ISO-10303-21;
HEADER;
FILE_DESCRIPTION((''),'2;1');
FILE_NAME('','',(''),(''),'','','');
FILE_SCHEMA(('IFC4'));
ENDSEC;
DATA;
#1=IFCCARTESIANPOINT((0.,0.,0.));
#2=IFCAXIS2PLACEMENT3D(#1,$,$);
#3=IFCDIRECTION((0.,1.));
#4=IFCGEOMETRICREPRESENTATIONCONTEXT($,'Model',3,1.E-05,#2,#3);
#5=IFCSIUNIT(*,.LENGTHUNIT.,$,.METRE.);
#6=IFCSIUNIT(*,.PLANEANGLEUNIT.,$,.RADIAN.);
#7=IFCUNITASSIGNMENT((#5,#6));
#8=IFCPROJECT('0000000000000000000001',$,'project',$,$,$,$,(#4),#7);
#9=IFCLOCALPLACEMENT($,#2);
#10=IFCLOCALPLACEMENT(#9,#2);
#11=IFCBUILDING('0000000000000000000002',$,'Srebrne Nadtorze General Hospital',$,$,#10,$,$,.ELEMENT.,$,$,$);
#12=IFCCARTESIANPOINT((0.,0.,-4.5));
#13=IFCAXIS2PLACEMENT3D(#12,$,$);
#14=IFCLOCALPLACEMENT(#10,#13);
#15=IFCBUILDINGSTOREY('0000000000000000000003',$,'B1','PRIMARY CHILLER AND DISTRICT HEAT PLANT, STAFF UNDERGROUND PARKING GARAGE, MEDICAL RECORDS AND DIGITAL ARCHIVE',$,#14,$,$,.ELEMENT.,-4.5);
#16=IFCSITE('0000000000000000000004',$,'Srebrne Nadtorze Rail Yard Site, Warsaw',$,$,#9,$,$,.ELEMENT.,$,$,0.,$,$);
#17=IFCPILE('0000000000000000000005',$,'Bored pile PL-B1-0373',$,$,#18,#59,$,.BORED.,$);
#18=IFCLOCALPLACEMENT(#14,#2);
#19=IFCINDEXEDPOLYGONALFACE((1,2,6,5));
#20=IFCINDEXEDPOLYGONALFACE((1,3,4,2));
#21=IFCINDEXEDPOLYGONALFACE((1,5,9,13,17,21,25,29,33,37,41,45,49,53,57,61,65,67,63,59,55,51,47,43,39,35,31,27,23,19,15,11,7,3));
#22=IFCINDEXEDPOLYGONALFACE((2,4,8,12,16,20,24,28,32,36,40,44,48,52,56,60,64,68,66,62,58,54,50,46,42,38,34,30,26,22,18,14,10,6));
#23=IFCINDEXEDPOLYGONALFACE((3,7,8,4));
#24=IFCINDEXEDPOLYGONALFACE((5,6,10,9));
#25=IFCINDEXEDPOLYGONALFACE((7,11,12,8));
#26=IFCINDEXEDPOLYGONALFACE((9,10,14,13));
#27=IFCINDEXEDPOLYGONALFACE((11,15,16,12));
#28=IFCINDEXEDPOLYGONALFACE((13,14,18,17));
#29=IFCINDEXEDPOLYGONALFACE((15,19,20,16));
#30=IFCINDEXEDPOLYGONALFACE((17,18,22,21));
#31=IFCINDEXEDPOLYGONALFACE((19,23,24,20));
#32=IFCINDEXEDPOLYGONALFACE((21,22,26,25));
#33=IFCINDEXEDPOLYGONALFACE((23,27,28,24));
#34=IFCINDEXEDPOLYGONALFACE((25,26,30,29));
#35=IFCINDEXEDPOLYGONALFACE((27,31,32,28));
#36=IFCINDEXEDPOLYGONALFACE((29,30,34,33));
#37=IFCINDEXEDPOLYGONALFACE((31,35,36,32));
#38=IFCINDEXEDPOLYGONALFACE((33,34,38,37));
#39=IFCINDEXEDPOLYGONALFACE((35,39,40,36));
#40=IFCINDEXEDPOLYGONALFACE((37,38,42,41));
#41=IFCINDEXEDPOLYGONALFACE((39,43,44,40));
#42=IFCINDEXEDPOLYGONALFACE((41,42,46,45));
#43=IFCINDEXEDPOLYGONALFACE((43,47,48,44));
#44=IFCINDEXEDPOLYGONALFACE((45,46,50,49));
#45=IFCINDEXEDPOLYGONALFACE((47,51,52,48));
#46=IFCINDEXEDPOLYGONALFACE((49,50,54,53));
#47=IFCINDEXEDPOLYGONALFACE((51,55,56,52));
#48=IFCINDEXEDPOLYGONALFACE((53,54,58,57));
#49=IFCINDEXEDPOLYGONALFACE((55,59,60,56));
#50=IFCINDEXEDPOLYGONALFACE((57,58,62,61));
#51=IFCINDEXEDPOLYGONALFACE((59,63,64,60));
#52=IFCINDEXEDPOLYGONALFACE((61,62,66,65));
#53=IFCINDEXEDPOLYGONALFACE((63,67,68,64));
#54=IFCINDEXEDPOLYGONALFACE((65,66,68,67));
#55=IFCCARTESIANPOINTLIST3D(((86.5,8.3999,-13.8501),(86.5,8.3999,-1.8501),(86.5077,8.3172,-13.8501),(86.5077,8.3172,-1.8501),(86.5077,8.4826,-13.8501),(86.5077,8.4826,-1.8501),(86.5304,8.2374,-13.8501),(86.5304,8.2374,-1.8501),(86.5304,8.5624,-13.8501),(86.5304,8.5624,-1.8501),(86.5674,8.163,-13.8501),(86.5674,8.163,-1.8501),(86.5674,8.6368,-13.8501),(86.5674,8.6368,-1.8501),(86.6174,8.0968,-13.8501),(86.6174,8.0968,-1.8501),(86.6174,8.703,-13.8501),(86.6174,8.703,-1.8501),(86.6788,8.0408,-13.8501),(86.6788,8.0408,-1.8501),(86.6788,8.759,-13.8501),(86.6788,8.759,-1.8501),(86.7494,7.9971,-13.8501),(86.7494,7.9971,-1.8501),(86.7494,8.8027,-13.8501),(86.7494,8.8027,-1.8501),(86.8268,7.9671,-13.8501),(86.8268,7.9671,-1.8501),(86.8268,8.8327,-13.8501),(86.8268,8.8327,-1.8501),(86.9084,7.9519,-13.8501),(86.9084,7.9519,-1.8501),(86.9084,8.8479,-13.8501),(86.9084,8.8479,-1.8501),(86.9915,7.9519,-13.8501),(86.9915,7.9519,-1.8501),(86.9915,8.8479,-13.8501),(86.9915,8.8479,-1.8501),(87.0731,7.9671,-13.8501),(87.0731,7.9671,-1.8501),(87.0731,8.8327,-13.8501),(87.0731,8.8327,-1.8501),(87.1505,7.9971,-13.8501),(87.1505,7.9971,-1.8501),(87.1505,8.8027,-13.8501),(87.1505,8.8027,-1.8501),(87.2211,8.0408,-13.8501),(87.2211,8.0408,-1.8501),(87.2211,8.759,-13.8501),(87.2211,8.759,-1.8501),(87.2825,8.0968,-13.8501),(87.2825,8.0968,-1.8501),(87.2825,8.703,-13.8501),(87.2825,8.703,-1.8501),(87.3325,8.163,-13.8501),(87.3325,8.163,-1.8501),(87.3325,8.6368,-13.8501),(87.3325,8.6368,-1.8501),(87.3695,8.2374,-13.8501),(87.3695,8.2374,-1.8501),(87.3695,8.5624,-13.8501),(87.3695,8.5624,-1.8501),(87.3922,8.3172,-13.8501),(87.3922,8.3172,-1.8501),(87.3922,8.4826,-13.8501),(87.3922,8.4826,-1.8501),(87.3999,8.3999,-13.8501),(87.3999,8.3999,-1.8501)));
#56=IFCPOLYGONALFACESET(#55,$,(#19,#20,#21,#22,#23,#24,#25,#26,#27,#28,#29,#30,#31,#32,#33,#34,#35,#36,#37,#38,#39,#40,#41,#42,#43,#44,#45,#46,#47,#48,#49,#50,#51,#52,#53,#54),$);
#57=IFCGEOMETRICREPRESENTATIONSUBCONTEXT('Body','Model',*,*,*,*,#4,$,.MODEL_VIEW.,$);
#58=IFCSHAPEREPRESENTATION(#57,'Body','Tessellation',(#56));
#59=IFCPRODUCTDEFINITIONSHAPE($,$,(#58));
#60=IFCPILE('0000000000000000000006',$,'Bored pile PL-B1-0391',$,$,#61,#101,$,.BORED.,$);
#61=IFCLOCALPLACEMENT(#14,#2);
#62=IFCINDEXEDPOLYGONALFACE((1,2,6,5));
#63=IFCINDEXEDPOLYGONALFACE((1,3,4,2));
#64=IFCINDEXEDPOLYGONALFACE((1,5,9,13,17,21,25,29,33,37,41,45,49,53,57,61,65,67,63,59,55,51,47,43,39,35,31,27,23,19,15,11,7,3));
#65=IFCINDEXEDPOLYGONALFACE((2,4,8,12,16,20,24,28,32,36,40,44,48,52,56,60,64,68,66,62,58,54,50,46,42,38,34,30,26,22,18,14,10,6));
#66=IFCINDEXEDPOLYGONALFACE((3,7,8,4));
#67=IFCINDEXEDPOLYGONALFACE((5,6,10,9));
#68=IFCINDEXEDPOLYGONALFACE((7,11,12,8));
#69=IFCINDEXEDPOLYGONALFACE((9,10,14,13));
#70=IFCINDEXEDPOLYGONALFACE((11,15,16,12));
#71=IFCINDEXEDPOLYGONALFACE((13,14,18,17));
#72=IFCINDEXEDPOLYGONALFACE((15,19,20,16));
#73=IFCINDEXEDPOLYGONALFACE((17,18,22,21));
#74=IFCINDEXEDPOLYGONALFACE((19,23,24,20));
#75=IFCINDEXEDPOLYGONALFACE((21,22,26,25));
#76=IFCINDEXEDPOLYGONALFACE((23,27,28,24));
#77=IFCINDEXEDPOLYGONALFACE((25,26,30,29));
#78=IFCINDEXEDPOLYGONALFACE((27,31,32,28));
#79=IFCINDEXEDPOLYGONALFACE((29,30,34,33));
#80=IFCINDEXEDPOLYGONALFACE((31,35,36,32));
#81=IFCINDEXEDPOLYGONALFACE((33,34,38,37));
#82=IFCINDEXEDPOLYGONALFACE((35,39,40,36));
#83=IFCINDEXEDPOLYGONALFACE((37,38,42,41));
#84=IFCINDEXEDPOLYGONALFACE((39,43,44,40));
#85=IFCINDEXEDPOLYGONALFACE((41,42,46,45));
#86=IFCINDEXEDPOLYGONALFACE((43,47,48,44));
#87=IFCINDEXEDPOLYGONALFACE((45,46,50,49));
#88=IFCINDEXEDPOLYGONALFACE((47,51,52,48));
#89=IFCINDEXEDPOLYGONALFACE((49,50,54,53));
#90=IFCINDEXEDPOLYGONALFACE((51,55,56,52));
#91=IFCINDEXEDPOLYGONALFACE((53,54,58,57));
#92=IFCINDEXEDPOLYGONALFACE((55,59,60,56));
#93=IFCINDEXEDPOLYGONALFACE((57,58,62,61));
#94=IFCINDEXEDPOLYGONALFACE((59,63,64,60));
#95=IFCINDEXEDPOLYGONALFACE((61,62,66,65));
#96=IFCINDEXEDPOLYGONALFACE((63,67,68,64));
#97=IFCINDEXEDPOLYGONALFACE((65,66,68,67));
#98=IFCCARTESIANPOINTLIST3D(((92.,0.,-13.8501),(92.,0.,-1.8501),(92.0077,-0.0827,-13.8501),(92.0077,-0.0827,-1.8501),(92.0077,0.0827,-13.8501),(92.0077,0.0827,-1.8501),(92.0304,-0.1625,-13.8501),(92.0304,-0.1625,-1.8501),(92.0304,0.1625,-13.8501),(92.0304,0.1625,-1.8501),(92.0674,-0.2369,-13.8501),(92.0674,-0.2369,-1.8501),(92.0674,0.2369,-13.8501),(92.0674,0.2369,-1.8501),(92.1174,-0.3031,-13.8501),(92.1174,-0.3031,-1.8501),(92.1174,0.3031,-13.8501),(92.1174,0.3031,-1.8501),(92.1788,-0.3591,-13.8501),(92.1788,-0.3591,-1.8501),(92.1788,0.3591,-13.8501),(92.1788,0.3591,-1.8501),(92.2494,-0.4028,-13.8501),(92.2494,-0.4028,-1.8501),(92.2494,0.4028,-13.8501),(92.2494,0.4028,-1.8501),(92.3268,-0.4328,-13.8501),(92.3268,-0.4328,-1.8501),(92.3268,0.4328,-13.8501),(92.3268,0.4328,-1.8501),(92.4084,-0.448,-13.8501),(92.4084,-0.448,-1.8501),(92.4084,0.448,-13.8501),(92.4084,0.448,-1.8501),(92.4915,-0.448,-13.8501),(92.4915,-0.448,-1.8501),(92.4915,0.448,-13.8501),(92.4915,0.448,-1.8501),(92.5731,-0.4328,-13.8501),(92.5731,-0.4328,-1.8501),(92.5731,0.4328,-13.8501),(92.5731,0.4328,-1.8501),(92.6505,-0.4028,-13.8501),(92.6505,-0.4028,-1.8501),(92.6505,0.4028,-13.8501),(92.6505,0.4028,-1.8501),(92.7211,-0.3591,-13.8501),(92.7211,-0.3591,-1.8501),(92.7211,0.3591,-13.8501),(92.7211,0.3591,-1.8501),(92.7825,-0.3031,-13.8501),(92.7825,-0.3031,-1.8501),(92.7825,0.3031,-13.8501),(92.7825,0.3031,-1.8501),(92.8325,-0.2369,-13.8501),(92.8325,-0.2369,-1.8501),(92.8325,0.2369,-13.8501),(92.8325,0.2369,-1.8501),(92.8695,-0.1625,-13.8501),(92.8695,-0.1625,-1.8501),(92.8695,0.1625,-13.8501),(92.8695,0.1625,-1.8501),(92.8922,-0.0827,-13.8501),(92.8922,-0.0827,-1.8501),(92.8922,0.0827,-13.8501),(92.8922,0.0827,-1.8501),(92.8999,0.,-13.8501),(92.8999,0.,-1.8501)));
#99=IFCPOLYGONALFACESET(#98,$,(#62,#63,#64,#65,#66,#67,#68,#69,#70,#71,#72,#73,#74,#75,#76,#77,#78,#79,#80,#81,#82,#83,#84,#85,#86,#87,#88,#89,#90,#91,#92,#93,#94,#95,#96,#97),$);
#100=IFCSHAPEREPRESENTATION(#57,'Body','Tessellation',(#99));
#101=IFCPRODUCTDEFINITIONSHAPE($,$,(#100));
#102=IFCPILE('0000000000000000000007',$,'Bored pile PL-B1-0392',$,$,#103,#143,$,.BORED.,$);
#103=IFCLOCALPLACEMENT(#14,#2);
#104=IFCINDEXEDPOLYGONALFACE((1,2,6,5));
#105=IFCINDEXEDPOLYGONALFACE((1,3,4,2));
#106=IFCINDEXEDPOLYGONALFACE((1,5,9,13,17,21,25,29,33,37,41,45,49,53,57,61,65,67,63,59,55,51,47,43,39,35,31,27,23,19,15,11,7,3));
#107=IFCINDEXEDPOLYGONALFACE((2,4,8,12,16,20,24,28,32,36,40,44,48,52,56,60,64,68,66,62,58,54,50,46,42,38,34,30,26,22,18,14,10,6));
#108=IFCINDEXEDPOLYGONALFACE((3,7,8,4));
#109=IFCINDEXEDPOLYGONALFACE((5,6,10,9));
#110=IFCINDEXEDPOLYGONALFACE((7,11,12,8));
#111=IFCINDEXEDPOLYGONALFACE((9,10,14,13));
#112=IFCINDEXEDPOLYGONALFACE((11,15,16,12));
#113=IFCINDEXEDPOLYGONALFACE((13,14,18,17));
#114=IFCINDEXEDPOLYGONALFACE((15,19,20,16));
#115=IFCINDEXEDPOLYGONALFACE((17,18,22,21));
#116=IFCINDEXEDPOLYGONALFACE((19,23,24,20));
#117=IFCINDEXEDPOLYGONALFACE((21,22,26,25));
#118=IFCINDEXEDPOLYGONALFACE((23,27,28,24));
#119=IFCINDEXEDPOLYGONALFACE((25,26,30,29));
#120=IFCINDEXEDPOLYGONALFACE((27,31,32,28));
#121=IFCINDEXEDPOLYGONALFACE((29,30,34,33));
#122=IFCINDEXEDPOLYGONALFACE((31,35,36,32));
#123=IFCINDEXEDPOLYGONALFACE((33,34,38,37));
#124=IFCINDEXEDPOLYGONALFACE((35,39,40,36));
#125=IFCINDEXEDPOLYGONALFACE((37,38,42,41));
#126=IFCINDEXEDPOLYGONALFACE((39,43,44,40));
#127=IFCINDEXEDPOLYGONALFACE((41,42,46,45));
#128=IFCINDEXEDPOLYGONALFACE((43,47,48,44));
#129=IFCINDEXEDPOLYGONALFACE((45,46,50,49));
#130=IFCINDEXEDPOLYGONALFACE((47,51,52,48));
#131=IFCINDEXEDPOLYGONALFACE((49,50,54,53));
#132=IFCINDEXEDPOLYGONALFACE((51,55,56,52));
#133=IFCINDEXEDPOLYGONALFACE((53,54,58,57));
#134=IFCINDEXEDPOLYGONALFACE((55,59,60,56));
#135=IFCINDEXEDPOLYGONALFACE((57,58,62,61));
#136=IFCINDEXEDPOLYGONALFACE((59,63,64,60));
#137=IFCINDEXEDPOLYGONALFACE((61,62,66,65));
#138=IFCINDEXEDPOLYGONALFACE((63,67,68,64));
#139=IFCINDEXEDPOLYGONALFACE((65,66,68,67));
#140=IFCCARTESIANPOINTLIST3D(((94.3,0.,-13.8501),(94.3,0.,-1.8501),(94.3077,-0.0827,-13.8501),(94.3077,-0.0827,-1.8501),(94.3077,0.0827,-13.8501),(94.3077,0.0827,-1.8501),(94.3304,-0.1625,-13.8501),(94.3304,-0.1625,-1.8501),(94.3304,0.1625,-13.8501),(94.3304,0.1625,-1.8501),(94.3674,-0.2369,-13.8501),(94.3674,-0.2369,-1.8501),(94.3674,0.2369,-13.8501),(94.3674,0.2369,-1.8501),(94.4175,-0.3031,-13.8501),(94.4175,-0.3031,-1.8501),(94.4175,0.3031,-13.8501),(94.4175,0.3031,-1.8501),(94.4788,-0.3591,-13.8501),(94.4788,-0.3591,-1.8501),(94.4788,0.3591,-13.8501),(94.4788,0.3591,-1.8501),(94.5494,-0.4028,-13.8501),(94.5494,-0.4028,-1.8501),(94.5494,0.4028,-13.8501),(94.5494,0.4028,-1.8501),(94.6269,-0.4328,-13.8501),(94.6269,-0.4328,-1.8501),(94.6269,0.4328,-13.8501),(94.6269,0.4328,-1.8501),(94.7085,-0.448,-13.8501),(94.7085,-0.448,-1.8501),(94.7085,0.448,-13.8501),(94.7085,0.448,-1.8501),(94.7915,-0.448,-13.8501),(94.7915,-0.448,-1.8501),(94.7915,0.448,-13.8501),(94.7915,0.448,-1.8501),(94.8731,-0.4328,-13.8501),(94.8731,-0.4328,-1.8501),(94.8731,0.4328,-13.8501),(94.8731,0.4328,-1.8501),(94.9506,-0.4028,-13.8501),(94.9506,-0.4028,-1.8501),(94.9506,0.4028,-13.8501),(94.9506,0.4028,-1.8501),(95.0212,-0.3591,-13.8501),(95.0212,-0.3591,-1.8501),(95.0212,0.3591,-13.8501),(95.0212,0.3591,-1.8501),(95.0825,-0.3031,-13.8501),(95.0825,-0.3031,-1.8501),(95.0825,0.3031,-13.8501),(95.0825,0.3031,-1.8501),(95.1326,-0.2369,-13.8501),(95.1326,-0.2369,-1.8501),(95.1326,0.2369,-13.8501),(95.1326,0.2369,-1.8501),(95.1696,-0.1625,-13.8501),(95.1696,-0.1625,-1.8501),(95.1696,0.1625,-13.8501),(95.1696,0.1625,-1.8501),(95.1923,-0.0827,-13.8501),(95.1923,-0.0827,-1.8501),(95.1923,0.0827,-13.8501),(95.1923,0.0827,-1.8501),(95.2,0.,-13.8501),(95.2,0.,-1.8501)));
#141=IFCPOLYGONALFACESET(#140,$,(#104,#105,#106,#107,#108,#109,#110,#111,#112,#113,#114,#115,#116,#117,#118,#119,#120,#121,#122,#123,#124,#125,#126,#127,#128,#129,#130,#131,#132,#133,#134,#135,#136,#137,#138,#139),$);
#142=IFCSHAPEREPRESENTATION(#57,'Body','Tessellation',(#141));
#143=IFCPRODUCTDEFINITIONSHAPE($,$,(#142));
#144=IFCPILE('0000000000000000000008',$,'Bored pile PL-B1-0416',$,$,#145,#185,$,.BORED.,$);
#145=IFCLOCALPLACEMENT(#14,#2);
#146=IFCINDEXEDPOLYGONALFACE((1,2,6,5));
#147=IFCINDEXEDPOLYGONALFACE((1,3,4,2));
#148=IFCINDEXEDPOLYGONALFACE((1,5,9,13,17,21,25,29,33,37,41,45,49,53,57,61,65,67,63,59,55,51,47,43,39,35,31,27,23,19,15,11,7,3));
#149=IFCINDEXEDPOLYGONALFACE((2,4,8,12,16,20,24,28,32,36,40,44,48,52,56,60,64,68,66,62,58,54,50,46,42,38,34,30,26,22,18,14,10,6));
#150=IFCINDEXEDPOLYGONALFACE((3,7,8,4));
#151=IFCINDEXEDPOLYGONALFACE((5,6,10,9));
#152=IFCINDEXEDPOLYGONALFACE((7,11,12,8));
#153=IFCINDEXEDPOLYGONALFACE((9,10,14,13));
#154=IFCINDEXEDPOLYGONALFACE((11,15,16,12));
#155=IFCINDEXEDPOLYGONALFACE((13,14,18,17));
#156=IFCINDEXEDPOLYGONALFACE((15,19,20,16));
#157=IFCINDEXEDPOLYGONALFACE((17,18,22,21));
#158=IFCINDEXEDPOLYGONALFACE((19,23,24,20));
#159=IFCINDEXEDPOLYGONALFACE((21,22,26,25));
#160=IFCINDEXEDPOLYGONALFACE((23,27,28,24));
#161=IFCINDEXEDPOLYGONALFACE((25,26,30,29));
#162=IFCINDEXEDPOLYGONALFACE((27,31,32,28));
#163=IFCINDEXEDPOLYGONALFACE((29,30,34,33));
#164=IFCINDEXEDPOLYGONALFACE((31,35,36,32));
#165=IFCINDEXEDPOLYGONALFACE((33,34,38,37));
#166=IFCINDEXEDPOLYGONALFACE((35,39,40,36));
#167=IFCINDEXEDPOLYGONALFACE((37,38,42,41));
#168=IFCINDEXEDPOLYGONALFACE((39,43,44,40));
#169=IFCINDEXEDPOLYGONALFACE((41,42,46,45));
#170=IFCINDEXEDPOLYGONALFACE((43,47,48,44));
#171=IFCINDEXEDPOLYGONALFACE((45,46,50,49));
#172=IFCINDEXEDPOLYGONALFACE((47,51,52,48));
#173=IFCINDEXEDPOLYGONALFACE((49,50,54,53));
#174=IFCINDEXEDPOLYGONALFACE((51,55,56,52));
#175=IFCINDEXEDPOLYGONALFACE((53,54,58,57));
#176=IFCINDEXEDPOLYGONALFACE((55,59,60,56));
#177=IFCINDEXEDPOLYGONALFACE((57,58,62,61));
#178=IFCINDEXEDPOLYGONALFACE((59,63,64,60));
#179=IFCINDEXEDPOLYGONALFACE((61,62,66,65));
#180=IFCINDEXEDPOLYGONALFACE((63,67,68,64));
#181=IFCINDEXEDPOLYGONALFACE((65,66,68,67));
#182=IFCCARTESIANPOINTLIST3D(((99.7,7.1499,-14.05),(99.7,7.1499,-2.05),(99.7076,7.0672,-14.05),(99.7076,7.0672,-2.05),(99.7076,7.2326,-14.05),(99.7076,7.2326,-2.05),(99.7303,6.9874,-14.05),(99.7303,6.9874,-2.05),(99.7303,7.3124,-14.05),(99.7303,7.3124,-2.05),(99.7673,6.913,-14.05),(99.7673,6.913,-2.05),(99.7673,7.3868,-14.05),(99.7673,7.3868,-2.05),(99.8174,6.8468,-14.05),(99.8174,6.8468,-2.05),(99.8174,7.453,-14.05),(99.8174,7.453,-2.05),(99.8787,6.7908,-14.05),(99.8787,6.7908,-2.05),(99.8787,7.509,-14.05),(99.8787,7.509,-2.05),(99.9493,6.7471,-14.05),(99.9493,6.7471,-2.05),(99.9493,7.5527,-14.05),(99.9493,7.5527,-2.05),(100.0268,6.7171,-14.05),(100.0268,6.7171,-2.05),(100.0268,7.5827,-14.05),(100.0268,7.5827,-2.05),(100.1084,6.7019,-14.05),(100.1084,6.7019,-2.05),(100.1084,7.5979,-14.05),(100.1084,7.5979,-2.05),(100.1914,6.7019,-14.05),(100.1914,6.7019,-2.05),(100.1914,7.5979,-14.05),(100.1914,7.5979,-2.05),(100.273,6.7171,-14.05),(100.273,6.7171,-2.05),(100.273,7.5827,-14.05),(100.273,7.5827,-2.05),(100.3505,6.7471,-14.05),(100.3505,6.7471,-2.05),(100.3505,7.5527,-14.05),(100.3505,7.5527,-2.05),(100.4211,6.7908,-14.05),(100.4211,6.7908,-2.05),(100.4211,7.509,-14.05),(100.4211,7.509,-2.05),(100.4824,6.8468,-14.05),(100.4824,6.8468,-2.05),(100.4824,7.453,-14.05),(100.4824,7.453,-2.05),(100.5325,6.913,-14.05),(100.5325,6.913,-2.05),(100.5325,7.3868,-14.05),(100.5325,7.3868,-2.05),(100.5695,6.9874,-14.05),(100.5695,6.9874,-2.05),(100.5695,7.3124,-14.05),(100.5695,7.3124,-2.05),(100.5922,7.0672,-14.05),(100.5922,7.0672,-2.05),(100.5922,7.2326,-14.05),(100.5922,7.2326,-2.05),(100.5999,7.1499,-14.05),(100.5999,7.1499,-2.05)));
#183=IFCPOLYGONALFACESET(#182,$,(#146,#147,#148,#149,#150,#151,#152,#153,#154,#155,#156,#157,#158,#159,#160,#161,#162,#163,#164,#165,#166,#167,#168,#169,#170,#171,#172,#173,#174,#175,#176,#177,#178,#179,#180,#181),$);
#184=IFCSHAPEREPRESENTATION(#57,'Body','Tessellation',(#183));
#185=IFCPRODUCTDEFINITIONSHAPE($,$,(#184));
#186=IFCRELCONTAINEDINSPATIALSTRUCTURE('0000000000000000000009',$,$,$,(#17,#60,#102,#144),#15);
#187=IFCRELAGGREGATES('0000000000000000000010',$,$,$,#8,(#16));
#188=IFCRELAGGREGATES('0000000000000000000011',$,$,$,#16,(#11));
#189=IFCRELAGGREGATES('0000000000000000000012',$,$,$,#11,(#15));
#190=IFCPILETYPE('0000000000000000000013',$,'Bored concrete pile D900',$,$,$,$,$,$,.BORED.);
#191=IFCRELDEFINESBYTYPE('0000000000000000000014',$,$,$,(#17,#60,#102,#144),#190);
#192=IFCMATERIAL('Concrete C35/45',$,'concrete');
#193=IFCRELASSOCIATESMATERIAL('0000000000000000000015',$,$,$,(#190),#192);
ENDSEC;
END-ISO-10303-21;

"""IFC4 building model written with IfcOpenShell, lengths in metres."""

from ifc_helpers import new_model, si_unit, direction, frame, origin, origin_2d, place, context, subcontext, project, spatial, circle, extrude, material, material_profile, profile_set, type_object, element, save


model = new_model("IFC4")

# Units and contexts
model_context = context("Model", 3, precision=1e-05, world=origin(), true_north=direction((0.0, 1.0)))
body_context = subcontext(model_context, "Body", "Model", "MODEL_VIEW")
ifc_project = project(units=[si_unit("LENGTHUNIT", "METRE"), si_unit("PLANEANGLEUNIT", "RADIAN")], contexts=[model_context])

# Site, building, storey
site_placement = place(None, origin())
site = spatial("IfcSite", under=ifc_project, at=site_placement, Name="Srebrne Nadtorze Rail Yard Site, Warsaw", CompositionType="ELEMENT", RefElevation=0.0)
building_placement = place(site_placement, origin())
building = spatial("IfcBuilding", under=site, at=building_placement, Name="Srebrne Nadtorze General Hospital", CompositionType="ELEMENT")
storey_placement = place(building_placement, frame((0.0, 0.0, -4.5)))
storey = spatial("IfcBuildingStorey", under=building, at=storey_placement, Name="B1", Description="PRIMARY CHILLER AND DISTRICT HEAT PLANT, STAFF UNDERGROUND PARKING GARAGE, MEDICAL RECORDS AND DIGITAL ARCHIVE", CompositionType="ELEMENT", Elevation=-4.5)

# Piles
ifc_material_1 = material(Name="Concrete C35/45", Category="concrete")
ifc_material_profile_1 = material_profile(ifc_material_1, circle(Radius=0.45, at=origin_2d()), Name="PILE-D900")
ifc_profile_set_1 = profile_set([ifc_material_profile_1], Name="Concrete C35/45")
pile_type_1 = type_object("IfcPileType", Name="Bored concrete pile D900", PredefinedType="BORED", material=ifc_profile_set_1)
for number, where, z_axis, x_axis, name in (
    (1, (86.95, 8.3999, -1.8501), (0.0, 0.0, -1.0), (1.0, 0.0, 0.0), "Bored pile PL-B1-0373"),
    (2, (92.45, 0.0, -1.8501), (0.0, 0.0, -1.0), (1.0, 0.0, 0.0), "Bored pile PL-B1-0391"),
    (3, (94.75, 0.0, -1.8501), (0.0, 0.0, -1.0), (1.0, 0.0, 0.0), "Bored pile PL-B1-0392"),
    (4, (100.1499, 7.1499, -2.05), (0.0, 0.0, -1.0), (1.0, 0.0, 0.0), "Bored pile PL-B1-0416"),
):
    element("IfcPile", number, at=place(storey_placement, frame(where, z_axis=z_axis, x_axis=x_axis)), inside=storey, type_object=pile_type_1, Name=name, PredefinedType="BORED", context=body_context, shape_type="SweptSolid", body=[
        extrude(circle(Radius=0.45, at=origin_2d()), origin(), (0.0, 0.0, 1.0), 12.0),
    ])

save(model, "model.ifc")
